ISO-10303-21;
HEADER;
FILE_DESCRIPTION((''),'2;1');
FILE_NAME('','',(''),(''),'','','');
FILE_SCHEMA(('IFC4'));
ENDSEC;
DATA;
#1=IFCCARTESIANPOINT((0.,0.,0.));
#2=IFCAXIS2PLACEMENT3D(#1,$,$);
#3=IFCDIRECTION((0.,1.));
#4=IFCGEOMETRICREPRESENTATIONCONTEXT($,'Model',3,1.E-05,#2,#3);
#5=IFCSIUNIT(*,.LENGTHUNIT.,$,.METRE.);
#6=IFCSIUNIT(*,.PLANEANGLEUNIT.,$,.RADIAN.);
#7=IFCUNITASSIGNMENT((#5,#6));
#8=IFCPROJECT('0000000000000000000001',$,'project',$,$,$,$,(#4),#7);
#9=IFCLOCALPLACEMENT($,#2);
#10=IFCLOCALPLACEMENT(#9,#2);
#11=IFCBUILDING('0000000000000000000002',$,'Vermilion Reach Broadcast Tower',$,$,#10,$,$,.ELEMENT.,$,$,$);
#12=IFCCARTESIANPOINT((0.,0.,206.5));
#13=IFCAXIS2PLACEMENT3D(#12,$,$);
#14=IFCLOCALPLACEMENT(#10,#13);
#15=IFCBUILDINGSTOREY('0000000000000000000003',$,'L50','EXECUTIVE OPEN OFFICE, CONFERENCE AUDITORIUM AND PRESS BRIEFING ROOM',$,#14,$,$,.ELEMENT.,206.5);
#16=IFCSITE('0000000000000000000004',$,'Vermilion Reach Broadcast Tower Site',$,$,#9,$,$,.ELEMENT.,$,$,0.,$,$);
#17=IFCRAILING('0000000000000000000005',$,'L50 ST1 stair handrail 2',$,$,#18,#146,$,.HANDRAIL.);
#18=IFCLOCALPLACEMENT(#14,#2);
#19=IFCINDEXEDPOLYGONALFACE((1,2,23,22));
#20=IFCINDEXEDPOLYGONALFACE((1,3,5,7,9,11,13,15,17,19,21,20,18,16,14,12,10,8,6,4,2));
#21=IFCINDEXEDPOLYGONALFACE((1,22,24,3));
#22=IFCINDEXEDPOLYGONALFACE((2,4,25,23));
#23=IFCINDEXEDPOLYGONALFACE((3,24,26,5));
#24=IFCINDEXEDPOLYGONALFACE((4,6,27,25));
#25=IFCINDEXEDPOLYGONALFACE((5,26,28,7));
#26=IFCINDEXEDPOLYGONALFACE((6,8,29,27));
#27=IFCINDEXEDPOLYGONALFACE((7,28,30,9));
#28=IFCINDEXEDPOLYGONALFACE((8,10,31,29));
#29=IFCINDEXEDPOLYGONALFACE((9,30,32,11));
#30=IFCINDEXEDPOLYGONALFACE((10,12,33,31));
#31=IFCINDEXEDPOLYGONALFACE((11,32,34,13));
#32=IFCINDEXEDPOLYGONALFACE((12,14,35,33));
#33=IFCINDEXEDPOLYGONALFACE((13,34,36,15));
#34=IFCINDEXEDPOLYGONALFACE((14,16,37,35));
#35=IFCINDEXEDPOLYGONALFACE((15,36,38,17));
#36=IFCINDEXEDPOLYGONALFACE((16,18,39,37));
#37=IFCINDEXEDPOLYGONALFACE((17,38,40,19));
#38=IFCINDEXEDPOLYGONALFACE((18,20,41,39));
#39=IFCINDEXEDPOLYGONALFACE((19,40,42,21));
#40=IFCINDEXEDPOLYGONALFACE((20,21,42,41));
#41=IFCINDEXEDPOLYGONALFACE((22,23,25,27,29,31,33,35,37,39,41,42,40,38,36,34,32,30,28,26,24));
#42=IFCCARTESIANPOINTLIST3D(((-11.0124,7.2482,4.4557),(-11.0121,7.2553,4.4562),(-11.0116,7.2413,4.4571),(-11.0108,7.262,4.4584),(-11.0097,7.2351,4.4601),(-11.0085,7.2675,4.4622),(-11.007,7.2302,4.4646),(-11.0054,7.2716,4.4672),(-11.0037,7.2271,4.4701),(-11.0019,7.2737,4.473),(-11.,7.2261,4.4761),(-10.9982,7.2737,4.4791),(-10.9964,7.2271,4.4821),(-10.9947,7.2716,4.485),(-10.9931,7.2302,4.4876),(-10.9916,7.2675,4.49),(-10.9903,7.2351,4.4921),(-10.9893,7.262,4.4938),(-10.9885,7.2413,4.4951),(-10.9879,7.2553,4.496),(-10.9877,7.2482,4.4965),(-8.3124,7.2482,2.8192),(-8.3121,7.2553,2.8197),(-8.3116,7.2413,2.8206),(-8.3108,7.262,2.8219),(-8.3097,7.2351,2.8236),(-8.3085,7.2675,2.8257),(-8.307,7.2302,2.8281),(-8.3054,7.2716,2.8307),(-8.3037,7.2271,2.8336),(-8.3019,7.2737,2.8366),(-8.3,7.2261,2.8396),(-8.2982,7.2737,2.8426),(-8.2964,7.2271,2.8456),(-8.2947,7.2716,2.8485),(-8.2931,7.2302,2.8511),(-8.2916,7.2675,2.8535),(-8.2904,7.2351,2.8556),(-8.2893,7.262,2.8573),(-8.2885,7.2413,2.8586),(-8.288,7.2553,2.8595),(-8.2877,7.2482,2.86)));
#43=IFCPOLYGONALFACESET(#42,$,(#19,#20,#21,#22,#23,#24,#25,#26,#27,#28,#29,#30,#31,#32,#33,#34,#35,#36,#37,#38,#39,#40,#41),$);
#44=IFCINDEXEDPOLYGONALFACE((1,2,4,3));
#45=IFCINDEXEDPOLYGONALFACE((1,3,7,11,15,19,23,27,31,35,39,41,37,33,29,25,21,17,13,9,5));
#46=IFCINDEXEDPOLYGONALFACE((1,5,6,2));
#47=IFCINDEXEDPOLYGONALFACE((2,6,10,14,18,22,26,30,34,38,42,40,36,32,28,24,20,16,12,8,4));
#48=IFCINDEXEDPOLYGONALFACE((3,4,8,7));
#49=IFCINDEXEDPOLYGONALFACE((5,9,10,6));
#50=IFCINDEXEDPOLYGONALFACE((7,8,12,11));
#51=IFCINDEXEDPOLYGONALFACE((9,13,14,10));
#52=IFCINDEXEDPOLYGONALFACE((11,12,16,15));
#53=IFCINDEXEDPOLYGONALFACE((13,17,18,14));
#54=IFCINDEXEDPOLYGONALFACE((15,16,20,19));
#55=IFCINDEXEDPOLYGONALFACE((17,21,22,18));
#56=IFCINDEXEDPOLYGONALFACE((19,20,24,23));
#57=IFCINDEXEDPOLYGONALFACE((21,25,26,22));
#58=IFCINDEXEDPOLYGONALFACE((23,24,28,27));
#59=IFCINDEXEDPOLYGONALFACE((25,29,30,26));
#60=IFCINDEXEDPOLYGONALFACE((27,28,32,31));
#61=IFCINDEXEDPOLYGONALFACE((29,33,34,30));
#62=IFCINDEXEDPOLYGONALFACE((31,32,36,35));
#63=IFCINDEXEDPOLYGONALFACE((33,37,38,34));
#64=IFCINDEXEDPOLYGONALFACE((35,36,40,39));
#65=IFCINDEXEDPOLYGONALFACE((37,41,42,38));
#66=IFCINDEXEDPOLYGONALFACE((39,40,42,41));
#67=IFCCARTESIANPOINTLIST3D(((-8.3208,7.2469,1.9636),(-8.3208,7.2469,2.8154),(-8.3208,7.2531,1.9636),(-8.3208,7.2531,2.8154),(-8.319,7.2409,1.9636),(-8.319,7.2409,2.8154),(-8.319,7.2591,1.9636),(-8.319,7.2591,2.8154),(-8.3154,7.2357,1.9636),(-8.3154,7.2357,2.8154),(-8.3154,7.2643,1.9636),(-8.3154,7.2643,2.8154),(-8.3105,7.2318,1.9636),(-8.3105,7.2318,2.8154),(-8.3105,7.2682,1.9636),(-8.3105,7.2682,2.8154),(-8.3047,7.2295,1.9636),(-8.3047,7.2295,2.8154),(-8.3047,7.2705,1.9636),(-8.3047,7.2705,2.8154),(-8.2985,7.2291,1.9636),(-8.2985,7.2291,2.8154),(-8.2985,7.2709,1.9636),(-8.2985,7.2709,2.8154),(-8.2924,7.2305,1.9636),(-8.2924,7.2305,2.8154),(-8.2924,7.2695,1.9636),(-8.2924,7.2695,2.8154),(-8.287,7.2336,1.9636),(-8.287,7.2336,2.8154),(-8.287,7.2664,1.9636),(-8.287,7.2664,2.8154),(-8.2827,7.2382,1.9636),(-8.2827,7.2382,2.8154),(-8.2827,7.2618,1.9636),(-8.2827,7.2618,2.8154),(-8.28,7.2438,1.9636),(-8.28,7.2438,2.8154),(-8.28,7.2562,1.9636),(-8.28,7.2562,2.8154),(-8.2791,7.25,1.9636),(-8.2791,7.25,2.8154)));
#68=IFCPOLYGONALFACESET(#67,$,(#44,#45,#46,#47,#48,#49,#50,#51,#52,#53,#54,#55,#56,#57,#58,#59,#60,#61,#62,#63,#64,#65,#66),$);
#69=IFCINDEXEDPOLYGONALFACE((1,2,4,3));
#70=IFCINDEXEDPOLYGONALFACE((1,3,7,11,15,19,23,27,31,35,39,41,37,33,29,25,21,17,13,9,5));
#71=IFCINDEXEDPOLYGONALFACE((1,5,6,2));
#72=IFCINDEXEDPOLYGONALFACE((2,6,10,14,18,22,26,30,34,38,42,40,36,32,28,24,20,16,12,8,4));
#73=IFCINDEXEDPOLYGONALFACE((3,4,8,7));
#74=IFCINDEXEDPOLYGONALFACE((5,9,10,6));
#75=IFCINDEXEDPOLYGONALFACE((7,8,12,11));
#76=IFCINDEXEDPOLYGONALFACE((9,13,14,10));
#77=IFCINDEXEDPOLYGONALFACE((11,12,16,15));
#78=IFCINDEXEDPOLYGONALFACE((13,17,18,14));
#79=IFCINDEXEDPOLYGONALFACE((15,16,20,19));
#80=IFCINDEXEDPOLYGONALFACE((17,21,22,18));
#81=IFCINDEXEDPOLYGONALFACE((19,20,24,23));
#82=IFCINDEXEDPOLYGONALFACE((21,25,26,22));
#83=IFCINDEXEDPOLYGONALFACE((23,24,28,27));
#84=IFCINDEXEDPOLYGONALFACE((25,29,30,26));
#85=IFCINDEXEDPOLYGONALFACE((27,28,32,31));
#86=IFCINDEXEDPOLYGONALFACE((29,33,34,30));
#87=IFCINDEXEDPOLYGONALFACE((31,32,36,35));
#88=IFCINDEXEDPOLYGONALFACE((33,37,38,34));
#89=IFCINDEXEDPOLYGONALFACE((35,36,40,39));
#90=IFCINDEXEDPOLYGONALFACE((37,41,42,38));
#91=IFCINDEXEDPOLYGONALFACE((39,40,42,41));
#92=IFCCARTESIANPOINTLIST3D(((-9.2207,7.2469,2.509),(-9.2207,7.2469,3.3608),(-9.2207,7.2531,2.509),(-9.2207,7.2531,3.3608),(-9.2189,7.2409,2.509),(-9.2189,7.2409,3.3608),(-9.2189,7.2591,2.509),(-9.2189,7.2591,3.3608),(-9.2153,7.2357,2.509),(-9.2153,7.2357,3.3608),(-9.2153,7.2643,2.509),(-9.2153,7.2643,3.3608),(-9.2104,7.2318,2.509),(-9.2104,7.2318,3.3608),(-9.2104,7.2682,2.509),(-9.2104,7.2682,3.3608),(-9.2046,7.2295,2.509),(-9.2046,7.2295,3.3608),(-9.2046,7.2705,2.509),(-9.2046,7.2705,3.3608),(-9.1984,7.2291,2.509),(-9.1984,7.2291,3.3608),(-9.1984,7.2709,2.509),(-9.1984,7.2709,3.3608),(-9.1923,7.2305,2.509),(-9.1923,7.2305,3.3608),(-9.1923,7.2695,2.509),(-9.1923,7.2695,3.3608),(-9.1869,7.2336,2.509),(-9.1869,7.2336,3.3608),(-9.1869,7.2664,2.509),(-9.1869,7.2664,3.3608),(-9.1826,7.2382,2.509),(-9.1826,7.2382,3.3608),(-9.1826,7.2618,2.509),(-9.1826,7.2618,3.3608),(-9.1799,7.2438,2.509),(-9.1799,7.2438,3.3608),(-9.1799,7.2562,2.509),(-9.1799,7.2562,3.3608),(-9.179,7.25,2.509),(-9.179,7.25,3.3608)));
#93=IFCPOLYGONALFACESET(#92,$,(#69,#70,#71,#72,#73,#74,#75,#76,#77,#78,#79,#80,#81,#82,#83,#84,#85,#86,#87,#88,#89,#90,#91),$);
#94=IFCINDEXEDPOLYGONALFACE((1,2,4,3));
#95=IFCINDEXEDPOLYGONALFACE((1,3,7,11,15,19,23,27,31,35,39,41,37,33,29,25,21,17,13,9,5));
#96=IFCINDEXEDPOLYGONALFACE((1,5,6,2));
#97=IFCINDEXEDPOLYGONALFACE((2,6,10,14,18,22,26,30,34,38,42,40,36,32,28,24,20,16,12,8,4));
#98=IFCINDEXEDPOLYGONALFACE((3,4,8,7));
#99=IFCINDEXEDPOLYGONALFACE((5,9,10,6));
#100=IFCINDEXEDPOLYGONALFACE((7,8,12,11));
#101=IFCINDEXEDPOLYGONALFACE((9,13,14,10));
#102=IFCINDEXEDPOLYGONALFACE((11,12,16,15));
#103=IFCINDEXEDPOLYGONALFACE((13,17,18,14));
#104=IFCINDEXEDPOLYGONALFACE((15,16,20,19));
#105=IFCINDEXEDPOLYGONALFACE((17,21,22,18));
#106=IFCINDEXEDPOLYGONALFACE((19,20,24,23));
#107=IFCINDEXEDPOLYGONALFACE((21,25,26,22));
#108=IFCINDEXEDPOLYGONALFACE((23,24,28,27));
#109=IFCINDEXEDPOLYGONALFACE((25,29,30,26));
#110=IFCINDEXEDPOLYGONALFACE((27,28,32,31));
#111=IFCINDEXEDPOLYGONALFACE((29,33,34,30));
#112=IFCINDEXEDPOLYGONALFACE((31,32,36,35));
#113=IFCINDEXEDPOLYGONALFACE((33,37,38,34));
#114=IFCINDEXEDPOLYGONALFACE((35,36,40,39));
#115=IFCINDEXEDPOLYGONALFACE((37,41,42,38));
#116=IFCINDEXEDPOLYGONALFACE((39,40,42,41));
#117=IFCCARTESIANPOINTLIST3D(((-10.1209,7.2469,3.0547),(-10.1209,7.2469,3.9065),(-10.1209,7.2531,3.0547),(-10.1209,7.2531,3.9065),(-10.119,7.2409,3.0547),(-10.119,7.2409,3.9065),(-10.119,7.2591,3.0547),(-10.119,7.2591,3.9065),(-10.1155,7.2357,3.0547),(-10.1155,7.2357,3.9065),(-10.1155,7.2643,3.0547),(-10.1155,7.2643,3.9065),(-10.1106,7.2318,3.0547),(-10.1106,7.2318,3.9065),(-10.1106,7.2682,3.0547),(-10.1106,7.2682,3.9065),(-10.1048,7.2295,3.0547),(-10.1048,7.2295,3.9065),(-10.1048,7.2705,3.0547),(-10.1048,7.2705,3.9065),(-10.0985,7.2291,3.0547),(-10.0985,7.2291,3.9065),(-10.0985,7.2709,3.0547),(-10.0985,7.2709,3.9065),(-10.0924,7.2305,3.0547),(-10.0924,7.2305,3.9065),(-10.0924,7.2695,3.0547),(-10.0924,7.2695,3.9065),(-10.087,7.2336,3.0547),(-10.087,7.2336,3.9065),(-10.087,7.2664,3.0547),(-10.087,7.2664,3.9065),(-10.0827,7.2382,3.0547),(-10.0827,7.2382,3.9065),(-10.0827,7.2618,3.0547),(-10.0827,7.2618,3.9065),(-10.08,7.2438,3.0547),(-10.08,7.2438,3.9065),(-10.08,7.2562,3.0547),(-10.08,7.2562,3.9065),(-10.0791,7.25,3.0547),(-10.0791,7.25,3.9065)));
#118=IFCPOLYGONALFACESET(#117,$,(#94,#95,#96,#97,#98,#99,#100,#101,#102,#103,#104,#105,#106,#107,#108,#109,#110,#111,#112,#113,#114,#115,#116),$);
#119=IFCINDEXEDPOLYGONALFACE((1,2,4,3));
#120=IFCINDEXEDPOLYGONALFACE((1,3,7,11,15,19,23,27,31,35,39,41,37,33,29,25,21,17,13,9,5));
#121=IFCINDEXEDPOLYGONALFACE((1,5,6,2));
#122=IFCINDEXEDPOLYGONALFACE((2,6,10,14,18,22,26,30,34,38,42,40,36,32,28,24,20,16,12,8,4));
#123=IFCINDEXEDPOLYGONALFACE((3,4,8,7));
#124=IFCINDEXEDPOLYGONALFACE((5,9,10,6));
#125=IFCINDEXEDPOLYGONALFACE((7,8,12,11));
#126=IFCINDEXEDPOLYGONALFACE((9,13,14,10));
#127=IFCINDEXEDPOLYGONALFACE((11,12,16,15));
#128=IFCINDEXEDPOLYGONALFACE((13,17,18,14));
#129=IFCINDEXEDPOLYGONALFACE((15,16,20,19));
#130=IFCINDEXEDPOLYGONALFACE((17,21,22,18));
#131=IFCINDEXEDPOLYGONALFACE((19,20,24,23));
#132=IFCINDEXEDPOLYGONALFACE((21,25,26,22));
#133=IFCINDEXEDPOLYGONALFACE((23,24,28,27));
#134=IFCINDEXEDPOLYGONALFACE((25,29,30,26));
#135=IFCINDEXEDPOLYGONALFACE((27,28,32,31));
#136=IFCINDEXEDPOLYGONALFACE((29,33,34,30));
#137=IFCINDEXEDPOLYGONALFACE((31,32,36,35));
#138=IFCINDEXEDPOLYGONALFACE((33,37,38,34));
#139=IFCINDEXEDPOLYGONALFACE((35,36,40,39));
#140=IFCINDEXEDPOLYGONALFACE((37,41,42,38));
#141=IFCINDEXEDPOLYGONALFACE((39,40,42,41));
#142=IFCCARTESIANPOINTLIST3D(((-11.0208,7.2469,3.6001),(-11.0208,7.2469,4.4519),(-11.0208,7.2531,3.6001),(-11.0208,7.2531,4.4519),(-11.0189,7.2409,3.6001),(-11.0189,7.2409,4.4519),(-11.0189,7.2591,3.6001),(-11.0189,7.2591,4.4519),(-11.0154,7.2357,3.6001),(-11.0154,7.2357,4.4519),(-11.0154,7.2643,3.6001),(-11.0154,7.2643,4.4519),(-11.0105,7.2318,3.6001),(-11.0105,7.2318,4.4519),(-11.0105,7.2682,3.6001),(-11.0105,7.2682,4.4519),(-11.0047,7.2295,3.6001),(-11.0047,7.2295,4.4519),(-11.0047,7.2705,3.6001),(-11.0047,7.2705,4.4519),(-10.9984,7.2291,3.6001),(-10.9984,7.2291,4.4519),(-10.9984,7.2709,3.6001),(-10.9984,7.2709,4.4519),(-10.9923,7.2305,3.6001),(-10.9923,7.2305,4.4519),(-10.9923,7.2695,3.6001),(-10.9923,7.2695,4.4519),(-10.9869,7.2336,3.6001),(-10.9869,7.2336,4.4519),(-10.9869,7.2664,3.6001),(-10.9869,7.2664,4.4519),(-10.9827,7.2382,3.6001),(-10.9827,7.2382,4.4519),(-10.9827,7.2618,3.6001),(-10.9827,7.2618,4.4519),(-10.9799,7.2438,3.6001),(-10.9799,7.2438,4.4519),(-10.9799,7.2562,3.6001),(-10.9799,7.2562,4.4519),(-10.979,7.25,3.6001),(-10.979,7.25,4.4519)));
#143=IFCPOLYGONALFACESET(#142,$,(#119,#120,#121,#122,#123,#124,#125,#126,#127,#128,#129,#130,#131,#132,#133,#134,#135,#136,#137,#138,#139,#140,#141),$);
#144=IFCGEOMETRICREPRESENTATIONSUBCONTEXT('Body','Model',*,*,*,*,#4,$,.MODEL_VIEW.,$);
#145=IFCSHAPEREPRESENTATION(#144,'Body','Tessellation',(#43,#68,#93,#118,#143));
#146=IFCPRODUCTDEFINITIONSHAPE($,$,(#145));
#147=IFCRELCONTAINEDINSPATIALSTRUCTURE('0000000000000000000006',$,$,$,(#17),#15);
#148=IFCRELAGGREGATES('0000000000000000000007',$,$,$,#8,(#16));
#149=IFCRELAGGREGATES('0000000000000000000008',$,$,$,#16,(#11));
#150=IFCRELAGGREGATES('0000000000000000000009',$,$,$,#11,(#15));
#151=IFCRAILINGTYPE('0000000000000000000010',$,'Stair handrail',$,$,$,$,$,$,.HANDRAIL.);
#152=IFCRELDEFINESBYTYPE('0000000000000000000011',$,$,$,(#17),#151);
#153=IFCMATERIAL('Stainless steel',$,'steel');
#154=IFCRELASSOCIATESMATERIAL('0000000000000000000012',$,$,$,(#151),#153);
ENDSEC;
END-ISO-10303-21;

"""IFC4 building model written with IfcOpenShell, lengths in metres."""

from ifc_helpers import new_model, si_unit, direction, frame, origin, origin_2d, place, context, subcontext, project, spatial, circle, extrude, material, type_object, element, save


model = new_model("IFC4")

# Units and contexts
model_context = context("Model", 3, precision=1e-05, world=origin(), true_north=direction((0.0, 1.0)))
body_context = subcontext(model_context, "Body", "Model", "MODEL_VIEW")
ifc_project = project(units=[si_unit("LENGTHUNIT", "METRE"), si_unit("PLANEANGLEUNIT", "RADIAN")], contexts=[model_context])

# Site, building, storey
site_placement = place(None, origin())
site = spatial("IfcSite", under=ifc_project, at=site_placement, Name="Vermilion Reach Broadcast Tower Site", CompositionType="ELEMENT", RefElevation=0.0)
building_placement = place(site_placement, origin())
building = spatial("IfcBuilding", under=site, at=building_placement, Name="Vermilion Reach Broadcast Tower", CompositionType="ELEMENT")
storey_placement = place(building_placement, frame((0.0, 0.0, 206.5)))
storey = spatial("IfcBuildingStorey", under=building, at=storey_placement, Name="L50", Description="EXECUTIVE OPEN OFFICE, CONFERENCE AUDITORIUM AND PRESS BRIEFING ROOM", CompositionType="ELEMENT", Elevation=206.5)

# Railing
ifc_material_1 = material(Name="Stainless steel", Category="steel")
railing_type_1 = type_object("IfcRailingType", Name="Stair handrail", PredefinedType="HANDRAIL", material=ifc_material_1)
railing_1_placement = place(storey_placement, frame((-8.3, 7.25, 1.9636)))
element("IfcRailing", 1, at=railing_1_placement, inside=storey, type_object=railing_type_1, Name="L50 ST1 stair handrail 2", PredefinedType="HANDRAIL", context=body_context, shape_type="SweptSolid", body=[
    extrude(circle(Radius=0.0239, at=origin_2d()), frame((0.0, 0.0, 0.876), z_axis=(-0.855178, 0.0, 0.518334), x_axis=(0.0, -1.0, 0.0)), (0.0, 0.0, 1.0), 3.1572),
    extrude(circle(Radius=0.021, at=origin_2d()), origin(), (0.0, 0.0, 1.0), 0.8518),
    extrude(circle(Radius=0.021, at=origin_2d()), frame((-0.8999, 0.0, 0.5454)), (0.0, 0.0, 1.0), 0.8518),
    extrude(circle(Radius=0.021, at=origin_2d()), frame((-1.8, 0.0, 1.0911)), (0.0, 0.0, 1.0), 0.8518),
    extrude(circle(Radius=0.021, at=origin_2d()), frame((-2.7, 0.0, 1.6365)), (0.0, 0.0, 1.0), 0.8518),
])

save(model, "model.ifc")
